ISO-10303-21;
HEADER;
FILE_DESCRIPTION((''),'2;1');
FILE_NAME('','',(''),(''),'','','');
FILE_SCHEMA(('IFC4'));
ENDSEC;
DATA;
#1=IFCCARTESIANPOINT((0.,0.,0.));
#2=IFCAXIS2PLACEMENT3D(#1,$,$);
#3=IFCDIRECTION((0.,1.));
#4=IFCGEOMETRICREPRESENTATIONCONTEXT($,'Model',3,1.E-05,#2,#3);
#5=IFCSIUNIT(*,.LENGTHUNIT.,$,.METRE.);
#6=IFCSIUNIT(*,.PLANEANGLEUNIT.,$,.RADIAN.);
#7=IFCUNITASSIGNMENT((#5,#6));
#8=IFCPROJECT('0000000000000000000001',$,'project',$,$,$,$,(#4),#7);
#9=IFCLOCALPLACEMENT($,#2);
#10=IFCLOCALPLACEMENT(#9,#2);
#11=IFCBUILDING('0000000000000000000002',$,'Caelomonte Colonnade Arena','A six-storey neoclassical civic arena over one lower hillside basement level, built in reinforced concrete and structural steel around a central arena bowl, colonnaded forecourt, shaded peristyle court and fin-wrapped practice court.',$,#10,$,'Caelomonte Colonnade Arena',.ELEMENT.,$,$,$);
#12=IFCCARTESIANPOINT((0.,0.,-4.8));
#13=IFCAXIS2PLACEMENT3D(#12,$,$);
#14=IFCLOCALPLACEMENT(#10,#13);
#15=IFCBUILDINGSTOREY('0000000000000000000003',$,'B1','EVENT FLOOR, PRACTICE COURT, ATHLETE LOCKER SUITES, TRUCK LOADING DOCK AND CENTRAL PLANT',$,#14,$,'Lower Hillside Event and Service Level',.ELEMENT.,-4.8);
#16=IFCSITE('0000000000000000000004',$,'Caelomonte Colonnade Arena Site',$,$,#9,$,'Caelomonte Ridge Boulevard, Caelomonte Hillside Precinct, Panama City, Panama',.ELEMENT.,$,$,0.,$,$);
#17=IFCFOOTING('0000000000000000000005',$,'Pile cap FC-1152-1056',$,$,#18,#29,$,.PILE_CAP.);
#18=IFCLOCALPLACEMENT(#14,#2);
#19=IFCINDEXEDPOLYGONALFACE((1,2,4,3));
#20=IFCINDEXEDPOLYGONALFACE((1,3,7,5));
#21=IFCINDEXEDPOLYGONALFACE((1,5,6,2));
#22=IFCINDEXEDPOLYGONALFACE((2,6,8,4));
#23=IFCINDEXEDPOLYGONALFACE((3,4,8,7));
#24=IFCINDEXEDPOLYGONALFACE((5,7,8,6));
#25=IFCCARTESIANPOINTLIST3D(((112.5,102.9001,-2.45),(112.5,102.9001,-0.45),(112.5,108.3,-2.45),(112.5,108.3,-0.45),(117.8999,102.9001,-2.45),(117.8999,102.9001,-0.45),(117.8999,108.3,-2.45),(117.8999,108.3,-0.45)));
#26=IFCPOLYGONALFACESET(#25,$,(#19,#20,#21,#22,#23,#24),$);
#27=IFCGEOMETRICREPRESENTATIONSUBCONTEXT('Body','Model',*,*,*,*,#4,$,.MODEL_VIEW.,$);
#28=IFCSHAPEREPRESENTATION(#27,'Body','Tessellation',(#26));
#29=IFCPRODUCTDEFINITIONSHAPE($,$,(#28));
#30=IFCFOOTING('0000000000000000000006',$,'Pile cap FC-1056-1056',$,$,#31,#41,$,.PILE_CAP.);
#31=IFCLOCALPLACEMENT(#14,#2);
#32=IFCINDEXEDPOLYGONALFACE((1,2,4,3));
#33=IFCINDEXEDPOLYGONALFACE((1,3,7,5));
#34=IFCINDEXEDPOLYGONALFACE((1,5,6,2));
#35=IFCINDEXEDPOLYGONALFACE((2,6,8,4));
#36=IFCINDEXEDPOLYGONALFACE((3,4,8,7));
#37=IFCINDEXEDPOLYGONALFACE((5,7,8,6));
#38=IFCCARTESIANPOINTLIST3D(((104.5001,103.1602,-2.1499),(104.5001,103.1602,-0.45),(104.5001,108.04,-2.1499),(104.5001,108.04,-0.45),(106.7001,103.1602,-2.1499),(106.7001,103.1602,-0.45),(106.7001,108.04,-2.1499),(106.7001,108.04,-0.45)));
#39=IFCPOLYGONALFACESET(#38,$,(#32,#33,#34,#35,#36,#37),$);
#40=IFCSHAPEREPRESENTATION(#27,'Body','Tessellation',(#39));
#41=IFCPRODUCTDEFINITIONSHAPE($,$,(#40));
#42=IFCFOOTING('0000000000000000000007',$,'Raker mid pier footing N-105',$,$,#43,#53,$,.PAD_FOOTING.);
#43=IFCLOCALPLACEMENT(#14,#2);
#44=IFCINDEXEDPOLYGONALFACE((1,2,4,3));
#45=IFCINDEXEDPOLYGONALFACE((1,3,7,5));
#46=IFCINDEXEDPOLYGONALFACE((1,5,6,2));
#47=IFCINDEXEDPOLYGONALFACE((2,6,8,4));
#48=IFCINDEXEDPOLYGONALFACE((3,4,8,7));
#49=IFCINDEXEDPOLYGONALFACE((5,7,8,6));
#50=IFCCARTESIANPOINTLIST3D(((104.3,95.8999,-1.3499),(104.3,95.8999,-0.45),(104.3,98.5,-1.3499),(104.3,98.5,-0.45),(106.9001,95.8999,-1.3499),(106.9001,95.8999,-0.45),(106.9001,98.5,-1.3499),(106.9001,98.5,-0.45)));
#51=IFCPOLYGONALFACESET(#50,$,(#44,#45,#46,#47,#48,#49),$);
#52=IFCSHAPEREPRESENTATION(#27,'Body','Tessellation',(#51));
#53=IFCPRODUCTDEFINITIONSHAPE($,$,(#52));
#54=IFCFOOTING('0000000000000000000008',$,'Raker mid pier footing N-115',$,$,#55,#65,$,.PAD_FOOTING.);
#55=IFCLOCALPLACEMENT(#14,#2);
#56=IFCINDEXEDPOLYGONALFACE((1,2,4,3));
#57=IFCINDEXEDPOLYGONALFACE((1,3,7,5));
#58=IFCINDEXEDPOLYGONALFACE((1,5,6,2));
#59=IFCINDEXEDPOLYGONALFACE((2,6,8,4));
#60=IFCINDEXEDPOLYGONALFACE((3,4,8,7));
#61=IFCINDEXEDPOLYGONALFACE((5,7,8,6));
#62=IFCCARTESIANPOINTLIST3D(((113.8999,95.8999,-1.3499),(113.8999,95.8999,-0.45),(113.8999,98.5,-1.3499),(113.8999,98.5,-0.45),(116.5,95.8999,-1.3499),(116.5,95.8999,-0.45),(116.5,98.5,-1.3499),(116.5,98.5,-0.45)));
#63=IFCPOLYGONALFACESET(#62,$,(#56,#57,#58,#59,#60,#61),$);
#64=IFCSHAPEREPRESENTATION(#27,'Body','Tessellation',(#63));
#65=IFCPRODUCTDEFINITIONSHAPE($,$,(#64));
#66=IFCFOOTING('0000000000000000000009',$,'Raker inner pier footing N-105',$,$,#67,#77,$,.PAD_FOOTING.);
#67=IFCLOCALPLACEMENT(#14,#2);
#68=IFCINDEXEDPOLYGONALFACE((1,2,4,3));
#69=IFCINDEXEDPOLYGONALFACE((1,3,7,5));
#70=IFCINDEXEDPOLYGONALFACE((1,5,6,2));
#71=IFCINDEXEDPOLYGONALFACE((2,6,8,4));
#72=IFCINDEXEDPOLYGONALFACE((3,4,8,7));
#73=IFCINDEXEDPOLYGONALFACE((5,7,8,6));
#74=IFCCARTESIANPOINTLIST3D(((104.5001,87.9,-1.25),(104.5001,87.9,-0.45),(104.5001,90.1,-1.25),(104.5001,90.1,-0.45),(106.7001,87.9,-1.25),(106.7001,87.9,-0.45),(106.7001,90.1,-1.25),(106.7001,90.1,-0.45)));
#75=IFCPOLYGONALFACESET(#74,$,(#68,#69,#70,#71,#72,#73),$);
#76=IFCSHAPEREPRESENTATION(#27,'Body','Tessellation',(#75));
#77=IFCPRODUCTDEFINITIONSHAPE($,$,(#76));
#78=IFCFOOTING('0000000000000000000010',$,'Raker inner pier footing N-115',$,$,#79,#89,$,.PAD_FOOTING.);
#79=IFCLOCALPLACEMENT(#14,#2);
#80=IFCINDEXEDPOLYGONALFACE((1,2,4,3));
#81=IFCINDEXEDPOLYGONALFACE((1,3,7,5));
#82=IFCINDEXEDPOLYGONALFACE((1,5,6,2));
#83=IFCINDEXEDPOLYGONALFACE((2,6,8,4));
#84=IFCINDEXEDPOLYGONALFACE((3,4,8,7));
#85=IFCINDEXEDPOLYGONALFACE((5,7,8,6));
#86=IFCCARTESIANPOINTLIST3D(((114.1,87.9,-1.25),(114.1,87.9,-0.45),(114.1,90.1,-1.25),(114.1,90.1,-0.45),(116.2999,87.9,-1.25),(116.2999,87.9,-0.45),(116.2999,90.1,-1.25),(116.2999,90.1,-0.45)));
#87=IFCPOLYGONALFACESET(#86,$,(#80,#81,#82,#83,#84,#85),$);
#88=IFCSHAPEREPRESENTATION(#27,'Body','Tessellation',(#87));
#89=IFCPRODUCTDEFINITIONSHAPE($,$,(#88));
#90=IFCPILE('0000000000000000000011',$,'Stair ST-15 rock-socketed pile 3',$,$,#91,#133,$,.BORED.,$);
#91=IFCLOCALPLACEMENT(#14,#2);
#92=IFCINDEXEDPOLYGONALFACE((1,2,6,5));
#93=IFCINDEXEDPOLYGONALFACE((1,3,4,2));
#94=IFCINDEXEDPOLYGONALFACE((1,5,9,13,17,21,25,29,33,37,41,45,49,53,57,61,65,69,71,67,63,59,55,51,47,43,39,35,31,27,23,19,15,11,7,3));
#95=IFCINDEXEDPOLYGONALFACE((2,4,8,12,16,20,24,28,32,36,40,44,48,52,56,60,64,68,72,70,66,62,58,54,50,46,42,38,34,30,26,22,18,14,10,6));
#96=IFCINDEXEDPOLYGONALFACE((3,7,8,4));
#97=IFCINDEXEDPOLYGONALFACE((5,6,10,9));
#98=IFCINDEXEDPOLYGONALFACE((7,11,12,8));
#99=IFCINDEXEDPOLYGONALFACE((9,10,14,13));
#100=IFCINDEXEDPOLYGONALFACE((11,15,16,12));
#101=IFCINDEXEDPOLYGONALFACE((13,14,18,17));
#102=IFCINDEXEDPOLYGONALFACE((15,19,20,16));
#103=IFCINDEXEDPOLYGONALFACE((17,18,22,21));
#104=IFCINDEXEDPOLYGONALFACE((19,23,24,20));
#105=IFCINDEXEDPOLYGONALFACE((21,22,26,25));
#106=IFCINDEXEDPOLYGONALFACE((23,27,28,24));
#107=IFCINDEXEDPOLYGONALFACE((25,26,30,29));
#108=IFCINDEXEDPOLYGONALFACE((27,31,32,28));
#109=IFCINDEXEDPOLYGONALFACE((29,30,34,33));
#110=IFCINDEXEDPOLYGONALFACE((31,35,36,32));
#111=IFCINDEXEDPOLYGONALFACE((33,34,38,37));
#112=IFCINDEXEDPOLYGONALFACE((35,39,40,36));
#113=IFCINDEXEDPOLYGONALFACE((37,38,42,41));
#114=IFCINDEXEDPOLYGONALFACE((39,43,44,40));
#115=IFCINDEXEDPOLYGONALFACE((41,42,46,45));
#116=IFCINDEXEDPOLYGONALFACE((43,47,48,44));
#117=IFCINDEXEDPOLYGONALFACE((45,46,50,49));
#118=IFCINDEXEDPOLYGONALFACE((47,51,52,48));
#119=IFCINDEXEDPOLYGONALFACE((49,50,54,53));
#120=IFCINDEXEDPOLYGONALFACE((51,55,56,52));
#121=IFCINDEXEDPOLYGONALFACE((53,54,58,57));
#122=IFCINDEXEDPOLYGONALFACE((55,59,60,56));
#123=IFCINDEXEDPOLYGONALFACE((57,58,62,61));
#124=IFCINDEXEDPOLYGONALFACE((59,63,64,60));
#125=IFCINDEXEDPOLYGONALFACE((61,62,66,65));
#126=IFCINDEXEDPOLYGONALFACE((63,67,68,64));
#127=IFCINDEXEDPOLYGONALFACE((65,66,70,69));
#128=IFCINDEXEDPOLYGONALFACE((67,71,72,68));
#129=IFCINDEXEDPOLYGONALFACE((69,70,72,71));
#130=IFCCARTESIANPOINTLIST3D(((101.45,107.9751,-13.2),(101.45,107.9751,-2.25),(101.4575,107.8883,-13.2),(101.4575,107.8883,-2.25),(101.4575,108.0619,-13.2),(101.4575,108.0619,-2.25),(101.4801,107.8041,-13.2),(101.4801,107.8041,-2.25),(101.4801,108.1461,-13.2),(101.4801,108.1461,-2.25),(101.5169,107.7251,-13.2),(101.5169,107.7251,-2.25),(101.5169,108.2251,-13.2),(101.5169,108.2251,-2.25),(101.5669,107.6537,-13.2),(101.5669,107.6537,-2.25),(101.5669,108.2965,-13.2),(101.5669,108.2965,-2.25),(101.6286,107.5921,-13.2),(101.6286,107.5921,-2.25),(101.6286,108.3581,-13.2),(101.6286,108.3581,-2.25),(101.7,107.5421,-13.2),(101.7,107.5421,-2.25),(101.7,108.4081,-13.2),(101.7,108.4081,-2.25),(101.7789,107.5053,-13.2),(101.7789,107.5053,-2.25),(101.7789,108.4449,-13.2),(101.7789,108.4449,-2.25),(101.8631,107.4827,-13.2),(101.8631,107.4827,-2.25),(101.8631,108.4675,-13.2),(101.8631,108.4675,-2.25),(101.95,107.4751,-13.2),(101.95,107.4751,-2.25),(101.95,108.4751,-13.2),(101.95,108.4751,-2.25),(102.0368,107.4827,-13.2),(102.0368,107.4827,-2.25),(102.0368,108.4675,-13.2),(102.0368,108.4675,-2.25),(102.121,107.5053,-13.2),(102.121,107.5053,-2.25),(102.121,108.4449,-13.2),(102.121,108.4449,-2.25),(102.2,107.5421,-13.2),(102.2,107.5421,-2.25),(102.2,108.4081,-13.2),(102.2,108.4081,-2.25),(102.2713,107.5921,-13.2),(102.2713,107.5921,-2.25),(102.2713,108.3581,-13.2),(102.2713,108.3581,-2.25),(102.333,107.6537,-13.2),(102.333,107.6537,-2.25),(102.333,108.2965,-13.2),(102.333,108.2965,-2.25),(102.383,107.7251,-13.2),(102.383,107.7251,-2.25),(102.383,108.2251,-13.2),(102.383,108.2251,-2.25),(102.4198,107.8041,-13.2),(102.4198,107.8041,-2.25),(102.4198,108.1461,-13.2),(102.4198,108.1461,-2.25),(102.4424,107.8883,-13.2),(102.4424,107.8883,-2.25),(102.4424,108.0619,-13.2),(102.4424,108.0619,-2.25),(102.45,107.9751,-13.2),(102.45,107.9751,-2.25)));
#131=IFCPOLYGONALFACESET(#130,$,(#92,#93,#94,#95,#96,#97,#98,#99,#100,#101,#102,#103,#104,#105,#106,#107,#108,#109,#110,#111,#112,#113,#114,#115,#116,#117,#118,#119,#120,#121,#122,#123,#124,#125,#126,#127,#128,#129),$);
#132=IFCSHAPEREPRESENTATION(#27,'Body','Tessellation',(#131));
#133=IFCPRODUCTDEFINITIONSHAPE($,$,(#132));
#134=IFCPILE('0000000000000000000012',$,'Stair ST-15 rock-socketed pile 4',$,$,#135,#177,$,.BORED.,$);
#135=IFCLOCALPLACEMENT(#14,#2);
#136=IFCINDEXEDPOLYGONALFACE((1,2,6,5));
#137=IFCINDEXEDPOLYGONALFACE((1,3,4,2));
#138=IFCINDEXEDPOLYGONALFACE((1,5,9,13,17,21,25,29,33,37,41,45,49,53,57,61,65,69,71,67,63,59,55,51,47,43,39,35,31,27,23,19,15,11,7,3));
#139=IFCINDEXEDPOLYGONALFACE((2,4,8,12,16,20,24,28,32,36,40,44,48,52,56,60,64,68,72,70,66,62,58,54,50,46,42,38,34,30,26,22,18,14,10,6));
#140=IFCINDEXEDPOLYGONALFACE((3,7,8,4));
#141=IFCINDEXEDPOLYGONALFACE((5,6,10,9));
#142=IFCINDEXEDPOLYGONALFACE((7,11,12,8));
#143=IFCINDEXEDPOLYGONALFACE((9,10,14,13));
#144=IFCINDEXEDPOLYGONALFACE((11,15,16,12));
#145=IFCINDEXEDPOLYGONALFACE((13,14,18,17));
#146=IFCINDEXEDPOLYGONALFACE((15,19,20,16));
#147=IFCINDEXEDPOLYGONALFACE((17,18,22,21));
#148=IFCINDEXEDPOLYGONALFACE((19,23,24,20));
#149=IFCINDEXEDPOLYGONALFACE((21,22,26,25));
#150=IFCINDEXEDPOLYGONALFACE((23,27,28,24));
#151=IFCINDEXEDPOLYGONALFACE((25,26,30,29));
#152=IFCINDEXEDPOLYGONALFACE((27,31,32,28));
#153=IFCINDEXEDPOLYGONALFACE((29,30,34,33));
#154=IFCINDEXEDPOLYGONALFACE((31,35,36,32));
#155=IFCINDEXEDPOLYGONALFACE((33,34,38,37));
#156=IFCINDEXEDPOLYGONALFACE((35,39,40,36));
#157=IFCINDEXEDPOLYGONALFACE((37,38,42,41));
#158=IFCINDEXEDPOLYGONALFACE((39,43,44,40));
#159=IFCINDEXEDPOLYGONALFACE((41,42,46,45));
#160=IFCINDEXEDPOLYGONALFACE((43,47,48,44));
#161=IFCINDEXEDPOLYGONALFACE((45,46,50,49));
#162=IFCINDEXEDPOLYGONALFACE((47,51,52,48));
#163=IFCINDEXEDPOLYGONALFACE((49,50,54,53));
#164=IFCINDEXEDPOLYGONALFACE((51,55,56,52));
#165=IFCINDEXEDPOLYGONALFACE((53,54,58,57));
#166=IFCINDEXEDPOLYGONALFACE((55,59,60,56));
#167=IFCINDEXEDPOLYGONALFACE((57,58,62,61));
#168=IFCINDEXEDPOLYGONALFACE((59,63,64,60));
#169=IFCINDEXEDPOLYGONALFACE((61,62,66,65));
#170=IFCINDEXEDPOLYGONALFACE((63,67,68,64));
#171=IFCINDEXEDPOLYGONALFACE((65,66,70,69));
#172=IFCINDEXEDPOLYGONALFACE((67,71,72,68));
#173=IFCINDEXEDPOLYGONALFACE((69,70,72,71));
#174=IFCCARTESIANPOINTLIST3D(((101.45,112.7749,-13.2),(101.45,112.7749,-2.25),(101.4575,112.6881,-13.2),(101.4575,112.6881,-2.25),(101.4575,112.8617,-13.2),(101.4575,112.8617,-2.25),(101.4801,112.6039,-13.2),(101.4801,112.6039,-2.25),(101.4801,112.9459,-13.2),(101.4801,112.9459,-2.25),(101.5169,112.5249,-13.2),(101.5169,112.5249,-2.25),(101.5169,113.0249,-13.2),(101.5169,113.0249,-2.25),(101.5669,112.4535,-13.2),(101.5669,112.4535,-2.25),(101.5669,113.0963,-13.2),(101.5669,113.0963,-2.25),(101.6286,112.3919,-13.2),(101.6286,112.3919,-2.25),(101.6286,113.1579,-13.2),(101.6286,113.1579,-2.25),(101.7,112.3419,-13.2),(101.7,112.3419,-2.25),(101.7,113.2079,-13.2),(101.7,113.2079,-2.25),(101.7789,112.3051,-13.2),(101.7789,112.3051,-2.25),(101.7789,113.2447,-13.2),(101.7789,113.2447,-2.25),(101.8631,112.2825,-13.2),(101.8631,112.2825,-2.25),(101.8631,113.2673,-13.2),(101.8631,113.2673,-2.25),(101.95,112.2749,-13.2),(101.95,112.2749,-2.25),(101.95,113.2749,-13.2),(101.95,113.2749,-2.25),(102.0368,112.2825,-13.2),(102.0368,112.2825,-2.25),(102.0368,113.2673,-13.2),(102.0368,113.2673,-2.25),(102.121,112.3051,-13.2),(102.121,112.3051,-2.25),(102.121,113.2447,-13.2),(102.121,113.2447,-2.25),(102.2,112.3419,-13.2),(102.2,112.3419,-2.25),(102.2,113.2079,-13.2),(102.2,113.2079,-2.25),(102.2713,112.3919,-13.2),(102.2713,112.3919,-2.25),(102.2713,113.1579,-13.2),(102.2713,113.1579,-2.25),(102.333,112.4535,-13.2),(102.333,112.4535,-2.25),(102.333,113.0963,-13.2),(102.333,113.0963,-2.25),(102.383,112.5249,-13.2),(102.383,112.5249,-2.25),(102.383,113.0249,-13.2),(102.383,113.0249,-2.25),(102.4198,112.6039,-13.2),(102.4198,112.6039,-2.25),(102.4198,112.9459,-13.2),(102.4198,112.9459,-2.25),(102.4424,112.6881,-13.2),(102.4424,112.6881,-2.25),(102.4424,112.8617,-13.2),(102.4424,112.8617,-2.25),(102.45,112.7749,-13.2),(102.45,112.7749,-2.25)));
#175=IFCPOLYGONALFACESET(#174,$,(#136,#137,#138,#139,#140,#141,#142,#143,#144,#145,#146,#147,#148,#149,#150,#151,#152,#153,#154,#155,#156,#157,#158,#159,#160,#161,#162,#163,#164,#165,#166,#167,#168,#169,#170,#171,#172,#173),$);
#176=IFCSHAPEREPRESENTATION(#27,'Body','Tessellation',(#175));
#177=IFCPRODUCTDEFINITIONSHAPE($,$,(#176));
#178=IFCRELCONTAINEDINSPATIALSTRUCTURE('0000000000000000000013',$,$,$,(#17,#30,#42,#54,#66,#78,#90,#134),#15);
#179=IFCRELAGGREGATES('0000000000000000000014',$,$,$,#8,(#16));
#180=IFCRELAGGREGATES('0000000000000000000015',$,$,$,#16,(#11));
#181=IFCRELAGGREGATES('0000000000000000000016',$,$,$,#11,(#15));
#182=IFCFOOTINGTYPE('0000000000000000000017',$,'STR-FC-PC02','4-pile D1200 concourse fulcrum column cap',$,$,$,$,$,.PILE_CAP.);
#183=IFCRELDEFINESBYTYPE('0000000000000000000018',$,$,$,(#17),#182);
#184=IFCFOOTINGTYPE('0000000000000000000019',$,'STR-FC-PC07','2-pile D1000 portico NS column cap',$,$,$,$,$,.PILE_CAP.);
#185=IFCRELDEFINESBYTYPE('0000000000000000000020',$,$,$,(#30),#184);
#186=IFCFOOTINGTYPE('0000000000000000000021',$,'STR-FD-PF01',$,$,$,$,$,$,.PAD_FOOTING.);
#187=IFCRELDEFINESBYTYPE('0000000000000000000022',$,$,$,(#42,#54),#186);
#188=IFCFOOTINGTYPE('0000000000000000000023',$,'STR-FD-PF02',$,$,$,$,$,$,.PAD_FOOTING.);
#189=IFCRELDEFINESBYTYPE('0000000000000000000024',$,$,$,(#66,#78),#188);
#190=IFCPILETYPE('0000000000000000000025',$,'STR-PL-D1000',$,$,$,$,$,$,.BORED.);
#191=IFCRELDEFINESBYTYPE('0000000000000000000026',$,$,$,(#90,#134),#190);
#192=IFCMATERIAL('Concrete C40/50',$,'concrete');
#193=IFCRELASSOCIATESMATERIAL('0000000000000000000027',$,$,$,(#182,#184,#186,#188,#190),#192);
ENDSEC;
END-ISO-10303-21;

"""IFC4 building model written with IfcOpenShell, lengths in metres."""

from ifc_helpers import new_model, si_unit, direction, frame, origin, origin_2d, place, context, subcontext, project, spatial, rectangle, circle, extrude, material, material_profile, profile_set, type_object, element, save


model = new_model("IFC4")

# Units and contexts
model_context = context("Model", 3, precision=1e-05, world=origin(), true_north=direction((0.0, 1.0)))
body_context = subcontext(model_context, "Body", "Model", "MODEL_VIEW")
ifc_project = project(units=[si_unit("LENGTHUNIT", "METRE"), si_unit("PLANEANGLEUNIT", "RADIAN")], contexts=[model_context])

# Site, building, storey
site_placement = place(None, origin())
site = spatial("IfcSite", under=ifc_project, at=site_placement, Name="Caelomonte Colonnade Arena Site", LongName="Caelomonte Ridge Boulevard, Caelomonte Hillside Precinct, Panama City, Panama", CompositionType="ELEMENT", RefElevation=0.0)
building_placement = place(site_placement, origin())
building = spatial("IfcBuilding", under=site, at=building_placement, Name="Caelomonte Colonnade Arena", Description="A six-storey neoclassical civic arena over one lower hillside basement level, built in reinforced concrete and structural steel around a central arena bowl, colonnaded forecourt, shaded peristyle court and fin-wrapped practice court.", LongName="Caelomonte Colonnade Arena", CompositionType="ELEMENT")
storey_placement = place(building_placement, frame((0.0, 0.0, -4.8)))
storey = spatial("IfcBuildingStorey", under=building, at=storey_placement, Name="B1", Description="EVENT FLOOR, PRACTICE COURT, ATHLETE LOCKER SUITES, TRUCK LOADING DOCK AND CENTRAL PLANT", LongName="Lower Hillside Event and Service Level", CompositionType="ELEMENT", Elevation=-4.8)

# Footings
ifc_material_1 = material(Name="Concrete C40/50", Category="concrete")
footing_type_1 = type_object("IfcFootingType", Name="STR-FC-PC02", Description="4-pile D1200 concourse fulcrum column cap", PredefinedType="PILE_CAP", material=ifc_material_1)
footing_1_placement = place(storey_placement, frame((115.2, 105.6001, -2.45), z_axis=(0.0, 0.0, 1.0), x_axis=(1.0, 0.0, 0.0)))
element("IfcFooting", 1, at=footing_1_placement, inside=storey, type_object=footing_type_1, Name="Pile cap FC-1152-1056", PredefinedType="PILE_CAP", context=body_context, shape_type="SweptSolid", body=[
    extrude(rectangle(XDim=5.3999, YDim=5.3999, at=origin_2d()), origin(), (0.0, 0.0, 1.0), 2.0),
])
footing_type_2 = type_object("IfcFootingType", Name="STR-FC-PC07", Description="2-pile D1000 portico NS column cap", PredefinedType="PILE_CAP", material=ifc_material_1)
footing_2_placement = place(storey_placement, frame((105.6001, 105.6001, -2.1499), z_axis=(0.0, 0.0, 1.0), x_axis=(1.0, 0.0, 0.0)))
element("IfcFooting", 2, at=footing_2_placement, inside=storey, type_object=footing_type_2, Name="Pile cap FC-1056-1056", PredefinedType="PILE_CAP", context=body_context, shape_type="SweptSolid", body=[
    extrude(rectangle(XDim=2.2, YDim=4.8799, at=origin_2d()), origin(), (0.0, 0.0, 1.0), 1.7),
])
footing_type_3 = type_object("IfcFootingType", Name="STR-FD-PF01", PredefinedType="PAD_FOOTING", material=ifc_material_1)
for number, where, z_axis, x_axis, name in (
    (3, (105.6001, 97.2, -1.3499), (0.0, 0.0, 1.0), (1.0, 0.0, 0.0), "Raker mid pier footing N-105"),
    (4, (115.2, 97.2, -1.3499), (0.0, 0.0, 1.0), (1.0, 0.0, 0.0), "Raker mid pier footing N-115"),
):
    element("IfcFooting", number, at=place(storey_placement, frame(where, z_axis=z_axis, x_axis=x_axis)), inside=storey, type_object=footing_type_3, Name=name, PredefinedType="PAD_FOOTING", context=body_context, shape_type="SweptSolid", body=[
        extrude(rectangle(XDim=2.6001, YDim=2.6001, at=origin_2d()), origin(), (0.0, 0.0, 1.0), 0.8999),
    ])
footing_type_4 = type_object("IfcFootingType", Name="STR-FD-PF02", PredefinedType="PAD_FOOTING", material=ifc_material_1)
for number, where, z_axis, x_axis, name in (
    (5, (105.6001, 89.0, -1.25), (0.0, 0.0, 1.0), (1.0, 0.0, 0.0), "Raker inner pier footing N-105"),
    (6, (115.2, 89.0, -1.25), (0.0, 0.0, 1.0), (1.0, 0.0, 0.0), "Raker inner pier footing N-115"),
):
    element("IfcFooting", number, at=place(storey_placement, frame(where, z_axis=z_axis, x_axis=x_axis)), inside=storey, type_object=footing_type_4, Name=name, PredefinedType="PAD_FOOTING", context=body_context, shape_type="SweptSolid", body=[
        extrude(rectangle(XDim=2.2, YDim=2.2, at=origin_2d()), origin(), (0.0, 0.0, 1.0), 0.8),
    ])

# Piles
ifc_material_profile_1 = material_profile(ifc_material_1, circle(Radius=0.5, at=origin_2d()), Name="PILE-D1000")
ifc_profile_set_1 = profile_set([ifc_material_profile_1], Name="Concrete C40/50")
pile_type_1 = type_object("IfcPileType", Name="STR-PL-D1000", PredefinedType="BORED", material=ifc_profile_set_1)
for number, where, z_axis, x_axis, name in (
    (7, (101.95, 107.9751, -2.25), (0.0, 0.0, -1.0), (1.0, 0.0, 0.0), "Stair ST-15 rock-socketed pile 3"),
    (8, (101.95, 112.7749, -2.25), (0.0, 0.0, -1.0), (1.0, 0.0, 0.0), "Stair ST-15 rock-socketed pile 4"),
):
    element("IfcPile", number, at=place(storey_placement, frame(where, z_axis=z_axis, x_axis=x_axis)), inside=storey, type_object=pile_type_1, Name=name, PredefinedType="BORED", context=body_context, shape_type="SweptSolid", body=[
        extrude(circle(Radius=0.5, at=origin_2d()), origin(), (0.0, 0.0, 1.0), 10.95),
    ])

save(model, "model.ifc")
